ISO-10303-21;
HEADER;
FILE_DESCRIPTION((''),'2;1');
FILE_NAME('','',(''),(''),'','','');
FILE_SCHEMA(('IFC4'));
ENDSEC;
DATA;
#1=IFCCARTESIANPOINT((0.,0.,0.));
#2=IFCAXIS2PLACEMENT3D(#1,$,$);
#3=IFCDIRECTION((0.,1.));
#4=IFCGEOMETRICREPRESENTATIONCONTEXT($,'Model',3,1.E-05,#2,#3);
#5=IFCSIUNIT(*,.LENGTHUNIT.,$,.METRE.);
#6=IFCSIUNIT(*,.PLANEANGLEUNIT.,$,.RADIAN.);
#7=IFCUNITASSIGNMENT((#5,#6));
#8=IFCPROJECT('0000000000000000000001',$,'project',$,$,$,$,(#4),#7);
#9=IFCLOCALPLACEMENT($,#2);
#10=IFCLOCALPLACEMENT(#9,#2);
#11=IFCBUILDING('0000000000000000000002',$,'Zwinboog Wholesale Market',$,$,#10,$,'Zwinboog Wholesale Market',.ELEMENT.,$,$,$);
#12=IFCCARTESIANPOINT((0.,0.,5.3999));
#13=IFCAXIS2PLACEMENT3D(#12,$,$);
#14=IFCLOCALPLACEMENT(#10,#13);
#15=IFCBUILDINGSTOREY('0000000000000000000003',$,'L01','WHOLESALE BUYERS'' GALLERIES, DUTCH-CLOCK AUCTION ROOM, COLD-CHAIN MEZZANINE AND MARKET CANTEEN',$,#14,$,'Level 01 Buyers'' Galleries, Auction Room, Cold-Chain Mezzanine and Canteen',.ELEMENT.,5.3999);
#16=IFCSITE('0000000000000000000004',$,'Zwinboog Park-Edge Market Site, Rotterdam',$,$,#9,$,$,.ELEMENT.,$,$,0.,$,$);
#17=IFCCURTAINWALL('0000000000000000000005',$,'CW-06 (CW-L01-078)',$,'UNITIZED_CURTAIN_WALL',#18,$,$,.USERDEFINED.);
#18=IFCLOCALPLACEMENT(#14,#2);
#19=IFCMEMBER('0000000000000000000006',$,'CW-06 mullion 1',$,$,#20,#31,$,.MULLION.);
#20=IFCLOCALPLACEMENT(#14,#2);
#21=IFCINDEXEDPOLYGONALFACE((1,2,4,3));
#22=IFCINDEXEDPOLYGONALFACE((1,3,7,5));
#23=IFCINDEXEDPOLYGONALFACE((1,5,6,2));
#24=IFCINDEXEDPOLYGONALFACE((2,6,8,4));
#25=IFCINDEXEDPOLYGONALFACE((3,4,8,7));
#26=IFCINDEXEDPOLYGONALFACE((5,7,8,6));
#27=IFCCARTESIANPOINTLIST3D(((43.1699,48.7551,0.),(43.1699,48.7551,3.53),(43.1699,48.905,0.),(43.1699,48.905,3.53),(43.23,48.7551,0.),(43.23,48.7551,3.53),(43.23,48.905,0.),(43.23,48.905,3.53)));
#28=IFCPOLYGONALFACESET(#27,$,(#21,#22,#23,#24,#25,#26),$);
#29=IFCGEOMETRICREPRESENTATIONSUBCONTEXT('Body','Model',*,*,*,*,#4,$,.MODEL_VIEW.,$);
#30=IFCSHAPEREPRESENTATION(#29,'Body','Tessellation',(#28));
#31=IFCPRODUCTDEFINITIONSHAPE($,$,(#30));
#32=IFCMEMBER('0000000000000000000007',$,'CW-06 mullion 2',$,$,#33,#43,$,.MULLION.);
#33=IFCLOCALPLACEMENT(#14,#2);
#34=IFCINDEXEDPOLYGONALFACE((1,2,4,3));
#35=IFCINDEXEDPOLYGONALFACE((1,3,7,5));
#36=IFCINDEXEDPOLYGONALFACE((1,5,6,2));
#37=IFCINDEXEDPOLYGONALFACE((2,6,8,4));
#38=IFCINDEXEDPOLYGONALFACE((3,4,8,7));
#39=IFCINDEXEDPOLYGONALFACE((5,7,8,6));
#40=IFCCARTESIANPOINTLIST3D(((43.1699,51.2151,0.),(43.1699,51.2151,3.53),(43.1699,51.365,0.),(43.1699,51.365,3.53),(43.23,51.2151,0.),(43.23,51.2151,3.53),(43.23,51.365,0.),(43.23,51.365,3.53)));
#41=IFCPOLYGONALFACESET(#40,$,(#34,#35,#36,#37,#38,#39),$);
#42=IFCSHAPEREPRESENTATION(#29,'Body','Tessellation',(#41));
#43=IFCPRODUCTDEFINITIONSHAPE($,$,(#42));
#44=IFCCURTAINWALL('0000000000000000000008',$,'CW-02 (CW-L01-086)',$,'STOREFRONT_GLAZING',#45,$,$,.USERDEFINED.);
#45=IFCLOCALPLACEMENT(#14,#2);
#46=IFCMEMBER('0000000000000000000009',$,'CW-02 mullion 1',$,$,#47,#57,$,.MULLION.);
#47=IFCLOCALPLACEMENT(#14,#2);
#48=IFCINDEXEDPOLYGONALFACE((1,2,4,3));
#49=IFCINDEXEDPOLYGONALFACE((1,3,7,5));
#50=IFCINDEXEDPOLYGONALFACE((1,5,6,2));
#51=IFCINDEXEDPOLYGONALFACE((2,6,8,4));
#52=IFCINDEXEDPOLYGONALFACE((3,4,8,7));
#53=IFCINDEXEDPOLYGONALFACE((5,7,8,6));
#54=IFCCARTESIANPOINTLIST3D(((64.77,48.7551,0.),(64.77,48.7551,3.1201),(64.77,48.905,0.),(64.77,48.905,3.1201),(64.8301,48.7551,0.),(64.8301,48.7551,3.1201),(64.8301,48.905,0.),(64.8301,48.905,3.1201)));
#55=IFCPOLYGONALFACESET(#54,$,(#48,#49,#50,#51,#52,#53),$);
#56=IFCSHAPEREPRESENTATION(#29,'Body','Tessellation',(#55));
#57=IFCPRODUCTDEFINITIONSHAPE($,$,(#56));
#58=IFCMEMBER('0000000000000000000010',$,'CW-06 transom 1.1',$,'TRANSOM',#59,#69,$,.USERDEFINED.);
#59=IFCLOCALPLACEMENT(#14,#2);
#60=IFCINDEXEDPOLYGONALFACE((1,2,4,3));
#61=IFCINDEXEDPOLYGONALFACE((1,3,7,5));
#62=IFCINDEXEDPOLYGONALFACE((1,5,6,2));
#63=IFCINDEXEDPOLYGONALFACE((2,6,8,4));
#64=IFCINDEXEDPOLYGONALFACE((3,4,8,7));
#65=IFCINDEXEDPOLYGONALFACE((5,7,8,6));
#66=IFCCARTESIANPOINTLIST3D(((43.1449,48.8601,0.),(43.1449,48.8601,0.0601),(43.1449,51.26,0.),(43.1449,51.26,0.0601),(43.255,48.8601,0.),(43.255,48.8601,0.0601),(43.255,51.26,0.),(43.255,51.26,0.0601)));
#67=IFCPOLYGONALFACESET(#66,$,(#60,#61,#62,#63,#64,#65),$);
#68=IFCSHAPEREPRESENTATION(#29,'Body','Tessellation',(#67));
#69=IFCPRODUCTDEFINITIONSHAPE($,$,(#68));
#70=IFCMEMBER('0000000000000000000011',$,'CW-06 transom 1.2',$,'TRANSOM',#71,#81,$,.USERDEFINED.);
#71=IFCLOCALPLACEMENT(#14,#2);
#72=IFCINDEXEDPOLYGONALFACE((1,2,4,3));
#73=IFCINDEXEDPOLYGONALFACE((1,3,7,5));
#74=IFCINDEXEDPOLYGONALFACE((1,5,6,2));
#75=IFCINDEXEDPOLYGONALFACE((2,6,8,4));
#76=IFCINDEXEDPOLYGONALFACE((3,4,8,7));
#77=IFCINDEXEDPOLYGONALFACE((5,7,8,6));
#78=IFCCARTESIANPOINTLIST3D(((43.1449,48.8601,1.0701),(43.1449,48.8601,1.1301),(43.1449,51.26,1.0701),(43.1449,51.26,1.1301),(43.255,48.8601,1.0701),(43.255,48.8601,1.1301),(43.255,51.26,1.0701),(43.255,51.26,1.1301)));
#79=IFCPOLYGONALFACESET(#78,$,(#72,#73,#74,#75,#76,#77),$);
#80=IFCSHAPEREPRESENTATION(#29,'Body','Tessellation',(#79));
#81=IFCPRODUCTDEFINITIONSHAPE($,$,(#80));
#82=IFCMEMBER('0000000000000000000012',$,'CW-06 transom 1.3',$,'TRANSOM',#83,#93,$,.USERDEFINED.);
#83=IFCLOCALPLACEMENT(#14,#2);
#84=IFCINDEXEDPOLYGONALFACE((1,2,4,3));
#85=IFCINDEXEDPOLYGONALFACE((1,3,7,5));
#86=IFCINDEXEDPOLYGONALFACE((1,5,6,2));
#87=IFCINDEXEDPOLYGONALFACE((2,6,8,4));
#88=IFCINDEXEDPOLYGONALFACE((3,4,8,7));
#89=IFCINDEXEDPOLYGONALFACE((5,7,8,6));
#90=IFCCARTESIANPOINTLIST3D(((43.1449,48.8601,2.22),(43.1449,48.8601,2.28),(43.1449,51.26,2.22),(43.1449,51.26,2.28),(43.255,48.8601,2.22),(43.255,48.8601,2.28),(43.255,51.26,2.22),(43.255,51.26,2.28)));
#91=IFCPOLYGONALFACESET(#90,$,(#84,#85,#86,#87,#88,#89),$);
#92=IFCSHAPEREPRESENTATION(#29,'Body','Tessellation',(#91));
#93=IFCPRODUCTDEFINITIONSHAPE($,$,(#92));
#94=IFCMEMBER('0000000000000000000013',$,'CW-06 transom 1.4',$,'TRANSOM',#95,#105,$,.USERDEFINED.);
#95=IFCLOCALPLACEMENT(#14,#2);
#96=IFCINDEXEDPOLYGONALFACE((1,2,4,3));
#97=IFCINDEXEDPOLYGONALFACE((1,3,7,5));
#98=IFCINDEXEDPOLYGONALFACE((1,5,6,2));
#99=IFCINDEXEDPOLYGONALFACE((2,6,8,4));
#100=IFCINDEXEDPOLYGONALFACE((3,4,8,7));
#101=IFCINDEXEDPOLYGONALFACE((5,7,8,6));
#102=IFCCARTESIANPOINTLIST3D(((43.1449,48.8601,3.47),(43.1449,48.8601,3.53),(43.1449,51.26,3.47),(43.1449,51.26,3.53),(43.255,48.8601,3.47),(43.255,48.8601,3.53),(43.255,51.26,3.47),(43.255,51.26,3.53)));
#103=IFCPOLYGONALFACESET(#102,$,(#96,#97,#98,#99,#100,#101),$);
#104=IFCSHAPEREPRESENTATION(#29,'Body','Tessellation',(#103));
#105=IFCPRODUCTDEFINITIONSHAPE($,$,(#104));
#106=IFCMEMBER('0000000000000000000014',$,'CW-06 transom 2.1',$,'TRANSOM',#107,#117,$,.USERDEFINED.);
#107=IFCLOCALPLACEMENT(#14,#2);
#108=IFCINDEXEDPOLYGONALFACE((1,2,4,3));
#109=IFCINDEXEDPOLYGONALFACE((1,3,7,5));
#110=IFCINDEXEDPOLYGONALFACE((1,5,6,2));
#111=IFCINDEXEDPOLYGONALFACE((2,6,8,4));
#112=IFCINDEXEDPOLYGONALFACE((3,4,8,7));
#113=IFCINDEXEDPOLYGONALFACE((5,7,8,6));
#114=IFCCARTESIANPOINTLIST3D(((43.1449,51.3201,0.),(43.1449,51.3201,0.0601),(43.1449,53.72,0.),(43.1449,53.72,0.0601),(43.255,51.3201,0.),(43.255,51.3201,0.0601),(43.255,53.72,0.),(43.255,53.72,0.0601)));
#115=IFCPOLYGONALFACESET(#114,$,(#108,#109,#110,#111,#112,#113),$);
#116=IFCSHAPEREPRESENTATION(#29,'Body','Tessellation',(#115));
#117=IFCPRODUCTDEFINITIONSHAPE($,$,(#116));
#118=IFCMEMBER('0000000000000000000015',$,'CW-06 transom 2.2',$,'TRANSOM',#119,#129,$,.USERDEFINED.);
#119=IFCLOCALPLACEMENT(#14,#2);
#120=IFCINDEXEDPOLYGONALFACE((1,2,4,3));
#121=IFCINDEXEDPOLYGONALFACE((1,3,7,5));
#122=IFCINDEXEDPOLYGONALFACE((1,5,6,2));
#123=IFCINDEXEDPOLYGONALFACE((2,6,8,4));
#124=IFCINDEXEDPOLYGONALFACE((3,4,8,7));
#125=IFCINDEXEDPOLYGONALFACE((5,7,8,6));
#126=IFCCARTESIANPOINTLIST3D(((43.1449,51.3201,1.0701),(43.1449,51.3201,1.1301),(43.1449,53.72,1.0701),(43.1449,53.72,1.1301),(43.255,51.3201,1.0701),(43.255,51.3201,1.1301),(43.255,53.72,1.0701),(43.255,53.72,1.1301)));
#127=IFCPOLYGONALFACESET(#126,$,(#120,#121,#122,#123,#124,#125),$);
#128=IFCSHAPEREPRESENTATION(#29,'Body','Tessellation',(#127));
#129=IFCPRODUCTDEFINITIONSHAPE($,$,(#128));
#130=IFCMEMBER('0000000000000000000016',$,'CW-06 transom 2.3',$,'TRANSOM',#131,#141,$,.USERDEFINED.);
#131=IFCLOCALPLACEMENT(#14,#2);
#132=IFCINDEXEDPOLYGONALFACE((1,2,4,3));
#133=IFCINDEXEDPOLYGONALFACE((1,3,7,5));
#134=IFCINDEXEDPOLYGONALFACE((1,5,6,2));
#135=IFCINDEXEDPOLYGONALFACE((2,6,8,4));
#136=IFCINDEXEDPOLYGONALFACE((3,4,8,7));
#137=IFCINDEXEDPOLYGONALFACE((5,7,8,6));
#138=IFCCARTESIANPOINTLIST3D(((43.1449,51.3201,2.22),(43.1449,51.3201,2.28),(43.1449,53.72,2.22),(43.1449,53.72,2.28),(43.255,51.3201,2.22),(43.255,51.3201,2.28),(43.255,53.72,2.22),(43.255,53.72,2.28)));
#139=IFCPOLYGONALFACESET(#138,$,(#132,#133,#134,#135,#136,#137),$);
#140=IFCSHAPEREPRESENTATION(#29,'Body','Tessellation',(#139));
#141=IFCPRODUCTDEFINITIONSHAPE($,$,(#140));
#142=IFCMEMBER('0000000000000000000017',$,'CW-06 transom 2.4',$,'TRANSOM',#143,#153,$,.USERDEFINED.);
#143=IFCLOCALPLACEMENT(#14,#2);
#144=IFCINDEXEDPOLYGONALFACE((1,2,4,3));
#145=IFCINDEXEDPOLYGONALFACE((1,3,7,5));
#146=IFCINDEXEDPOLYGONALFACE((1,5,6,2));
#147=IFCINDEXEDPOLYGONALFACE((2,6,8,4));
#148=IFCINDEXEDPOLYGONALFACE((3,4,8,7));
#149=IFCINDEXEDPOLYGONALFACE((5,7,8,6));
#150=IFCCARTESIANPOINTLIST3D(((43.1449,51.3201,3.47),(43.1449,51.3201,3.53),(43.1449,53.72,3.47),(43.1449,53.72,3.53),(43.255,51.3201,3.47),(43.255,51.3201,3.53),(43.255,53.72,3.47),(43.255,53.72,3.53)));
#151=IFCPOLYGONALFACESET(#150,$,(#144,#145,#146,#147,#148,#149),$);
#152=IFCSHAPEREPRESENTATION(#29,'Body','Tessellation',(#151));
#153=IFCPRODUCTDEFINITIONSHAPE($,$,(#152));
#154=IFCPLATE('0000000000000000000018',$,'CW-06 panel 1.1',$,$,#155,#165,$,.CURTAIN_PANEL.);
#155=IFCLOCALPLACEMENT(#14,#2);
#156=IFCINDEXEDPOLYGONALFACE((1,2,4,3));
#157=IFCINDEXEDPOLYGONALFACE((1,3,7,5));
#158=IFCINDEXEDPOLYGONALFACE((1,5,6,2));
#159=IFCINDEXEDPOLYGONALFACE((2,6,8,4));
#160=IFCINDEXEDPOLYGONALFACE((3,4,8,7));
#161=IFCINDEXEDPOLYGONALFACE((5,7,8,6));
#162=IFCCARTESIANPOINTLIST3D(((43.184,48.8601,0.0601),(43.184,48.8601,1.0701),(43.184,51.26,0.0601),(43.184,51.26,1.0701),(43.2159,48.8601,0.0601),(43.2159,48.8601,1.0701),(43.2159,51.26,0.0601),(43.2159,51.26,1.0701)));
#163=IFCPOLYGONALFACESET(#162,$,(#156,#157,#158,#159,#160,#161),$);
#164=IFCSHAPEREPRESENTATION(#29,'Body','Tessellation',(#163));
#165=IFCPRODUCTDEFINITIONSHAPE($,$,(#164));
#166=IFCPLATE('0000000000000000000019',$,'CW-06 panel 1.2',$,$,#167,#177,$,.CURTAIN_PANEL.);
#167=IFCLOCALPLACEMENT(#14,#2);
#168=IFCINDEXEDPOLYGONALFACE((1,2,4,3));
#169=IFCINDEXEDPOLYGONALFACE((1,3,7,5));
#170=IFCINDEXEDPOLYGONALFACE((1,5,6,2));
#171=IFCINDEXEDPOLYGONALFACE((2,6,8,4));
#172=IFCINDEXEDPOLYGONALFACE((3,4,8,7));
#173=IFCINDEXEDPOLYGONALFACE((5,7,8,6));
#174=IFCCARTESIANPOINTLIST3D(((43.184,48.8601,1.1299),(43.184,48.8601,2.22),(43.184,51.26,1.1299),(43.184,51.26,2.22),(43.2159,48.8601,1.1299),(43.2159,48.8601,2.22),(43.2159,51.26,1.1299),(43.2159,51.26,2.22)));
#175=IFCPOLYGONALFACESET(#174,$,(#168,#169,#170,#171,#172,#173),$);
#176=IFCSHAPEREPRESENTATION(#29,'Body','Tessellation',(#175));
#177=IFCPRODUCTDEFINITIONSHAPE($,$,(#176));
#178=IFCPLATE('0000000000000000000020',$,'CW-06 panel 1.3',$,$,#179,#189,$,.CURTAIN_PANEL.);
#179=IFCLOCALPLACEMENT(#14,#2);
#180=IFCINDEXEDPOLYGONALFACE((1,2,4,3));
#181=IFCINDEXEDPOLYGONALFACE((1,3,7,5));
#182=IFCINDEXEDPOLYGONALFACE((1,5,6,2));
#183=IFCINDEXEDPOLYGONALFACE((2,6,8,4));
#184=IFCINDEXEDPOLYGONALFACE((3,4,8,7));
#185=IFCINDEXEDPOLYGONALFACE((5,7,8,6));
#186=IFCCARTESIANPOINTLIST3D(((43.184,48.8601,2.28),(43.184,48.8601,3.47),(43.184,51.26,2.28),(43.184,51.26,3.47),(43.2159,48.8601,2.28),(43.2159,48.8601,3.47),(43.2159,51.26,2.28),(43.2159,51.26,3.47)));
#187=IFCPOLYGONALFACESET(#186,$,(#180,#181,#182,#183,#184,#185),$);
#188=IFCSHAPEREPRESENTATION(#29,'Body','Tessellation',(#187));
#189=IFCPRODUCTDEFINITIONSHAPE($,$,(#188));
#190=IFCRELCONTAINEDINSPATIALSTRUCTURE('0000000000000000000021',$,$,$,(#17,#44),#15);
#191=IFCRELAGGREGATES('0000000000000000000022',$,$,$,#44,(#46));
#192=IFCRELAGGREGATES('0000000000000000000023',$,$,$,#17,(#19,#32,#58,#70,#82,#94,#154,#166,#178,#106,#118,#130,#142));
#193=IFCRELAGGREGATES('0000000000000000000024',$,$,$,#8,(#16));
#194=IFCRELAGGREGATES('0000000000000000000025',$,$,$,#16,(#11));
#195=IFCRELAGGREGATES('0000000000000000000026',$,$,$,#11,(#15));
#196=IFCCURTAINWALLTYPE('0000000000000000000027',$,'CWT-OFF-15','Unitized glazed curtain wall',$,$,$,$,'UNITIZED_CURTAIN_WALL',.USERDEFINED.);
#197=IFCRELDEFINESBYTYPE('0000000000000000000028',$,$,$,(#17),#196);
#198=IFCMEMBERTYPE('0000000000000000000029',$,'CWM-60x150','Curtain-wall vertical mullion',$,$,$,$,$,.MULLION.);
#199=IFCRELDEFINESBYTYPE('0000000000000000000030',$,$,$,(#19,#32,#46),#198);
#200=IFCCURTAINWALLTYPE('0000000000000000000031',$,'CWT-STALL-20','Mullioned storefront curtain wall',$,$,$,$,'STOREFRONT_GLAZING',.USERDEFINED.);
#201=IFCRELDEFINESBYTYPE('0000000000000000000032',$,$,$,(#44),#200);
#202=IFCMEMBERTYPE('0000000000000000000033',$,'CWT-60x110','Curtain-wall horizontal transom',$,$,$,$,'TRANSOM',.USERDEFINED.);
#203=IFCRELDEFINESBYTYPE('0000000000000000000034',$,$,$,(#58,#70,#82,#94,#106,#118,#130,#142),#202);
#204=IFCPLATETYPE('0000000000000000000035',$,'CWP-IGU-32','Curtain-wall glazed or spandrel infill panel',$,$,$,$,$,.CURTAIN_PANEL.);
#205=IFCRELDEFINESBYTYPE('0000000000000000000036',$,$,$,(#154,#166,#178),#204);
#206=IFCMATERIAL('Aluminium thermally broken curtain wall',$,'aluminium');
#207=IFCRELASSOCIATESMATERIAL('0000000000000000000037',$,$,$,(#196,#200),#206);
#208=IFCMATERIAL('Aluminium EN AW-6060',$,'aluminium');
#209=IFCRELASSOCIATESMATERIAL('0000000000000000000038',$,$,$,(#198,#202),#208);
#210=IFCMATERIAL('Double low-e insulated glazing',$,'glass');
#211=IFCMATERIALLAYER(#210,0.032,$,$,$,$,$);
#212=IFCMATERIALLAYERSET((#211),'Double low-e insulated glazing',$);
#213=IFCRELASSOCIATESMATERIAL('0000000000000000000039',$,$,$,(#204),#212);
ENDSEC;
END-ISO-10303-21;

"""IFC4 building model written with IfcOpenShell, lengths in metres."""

from ifc_helpers import new_model, si_unit, direction, frame, origin, origin_2d, place, context, subcontext, project, spatial, rectangle, extrude, material, layer, layer_set, material_profile, profile_set, type_object, element, aggregate, save


model = new_model("IFC4")

# Units and contexts
model_context = context("Model", 3, precision=1e-05, world=origin(), true_north=direction((0.0, 1.0)))
body_context = subcontext(model_context, "Body", "Model", "MODEL_VIEW")
ifc_project = project(units=[si_unit("LENGTHUNIT", "METRE"), si_unit("PLANEANGLEUNIT", "RADIAN")], contexts=[model_context])

# Site, building, storey
site_placement = place(None, origin())
site = spatial("IfcSite", under=ifc_project, at=site_placement, Name="Zwinboog Park-Edge Market Site, Rotterdam", CompositionType="ELEMENT", RefElevation=0.0)
building_placement = place(site_placement, origin())
building = spatial("IfcBuilding", under=site, at=building_placement, Name="Zwinboog Wholesale Market", LongName="Zwinboog Wholesale Market", CompositionType="ELEMENT")
storey_placement = place(building_placement, frame((0.0, 0.0, 5.3999)))
storey = spatial("IfcBuildingStorey", under=building, at=storey_placement, Name="L01", Description="WHOLESALE BUYERS' GALLERIES, DUTCH-CLOCK AUCTION ROOM, COLD-CHAIN MEZZANINE AND MARKET CANTEEN", LongName="Level 01 Buyers' Galleries, Auction Room, Cold-Chain Mezzanine and Canteen", CompositionType="ELEMENT", Elevation=5.3999)

# Curtain wall, members
ifc_material_1 = material(Name="Aluminium thermally broken curtain wall", Category="aluminium")
curtain_wall_type_1 = type_object("IfcCurtainWallType", Name="CWT-OFF-15", Description="Unitized glazed curtain wall", ElementType="UNITIZED_CURTAIN_WALL", PredefinedType="USERDEFINED", material=ifc_material_1)
curtain_wall_1_placement = place(storey_placement, origin())
curtain_wall_1 = element("IfcCurtainWall", 1, at=curtain_wall_1_placement, inside=storey, type_object=curtain_wall_type_1, Name="CW-06 (CW-L01-078)", ObjectType="UNITIZED_CURTAIN_WALL", PredefinedType="USERDEFINED")
ifc_material_2 = material(Name="Aluminium EN AW-6060", Category="aluminium")
ifc_material_profile_1 = material_profile(ifc_material_2, rectangle(XDim=0.0601, YDim=0.1499, at=origin_2d()), Name="AL 60x150")
ifc_profile_set_1 = profile_set([ifc_material_profile_1], Name="Aluminium EN AW-6060")
member_type_1 = type_object("IfcMemberType", Name="CWM-60x150", Description="Curtain-wall vertical mullion", PredefinedType="MULLION", material=ifc_profile_set_1)
member_1_placement = place(storey_placement, frame((43.2, 48.8301, 0.0), z_axis=(0.0, 0.0, 1.0), x_axis=(-1.0, 0.0, 0.0)))
member_1 = element("IfcMember", 2, at=member_1_placement, type_object=member_type_1, Name="CW-06 mullion 1", PredefinedType="MULLION", context=body_context, shape_type="SweptSolid", body=[
    extrude(rectangle(XDim=0.0601, YDim=0.1499, at=origin_2d()), origin(), (0.0, 0.0, 1.0), 3.53),
])
member_2_placement = place(storey_placement, frame((43.2, 51.29, 0.0), z_axis=(0.0, 0.0, 1.0), x_axis=(-1.0, 0.0, 0.0)))
member_2 = element("IfcMember", 3, at=member_2_placement, type_object=member_type_1, Name="CW-06 mullion 2", PredefinedType="MULLION", context=body_context, shape_type="SweptSolid", body=[
    extrude(rectangle(XDim=0.0601, YDim=0.1499, at=origin_2d()), origin(), (0.0, 0.0, 1.0), 3.53),
])

# Curtain wall, member
curtain_wall_type_2 = type_object("IfcCurtainWallType", Name="CWT-STALL-20", Description="Mullioned storefront curtain wall", ElementType="STOREFRONT_GLAZING", PredefinedType="USERDEFINED", material=ifc_material_1)
curtain_wall_2_placement = place(storey_placement, origin())
curtain_wall_2 = element("IfcCurtainWall", 4, at=curtain_wall_2_placement, inside=storey, type_object=curtain_wall_type_2, Name="CW-02 (CW-L01-086)", ObjectType="STOREFRONT_GLAZING", PredefinedType="USERDEFINED")
member_3_placement = place(storey_placement, frame((64.8, 48.8301, 0.0), z_axis=(0.0, 0.0, 1.0), x_axis=(-1.0, 0.0, 0.0)))
member_3 = element("IfcMember", 5, at=member_3_placement, type_object=member_type_1, Name="CW-02 mullion 1", PredefinedType="MULLION", context=body_context, shape_type="SweptSolid", body=[
    extrude(rectangle(XDim=0.0601, YDim=0.1499, at=origin_2d()), origin(), (0.0, 0.0, 1.0), 3.1201),
])
aggregate(curtain_wall_2, [member_3])

# Members
ifc_material_profile_2 = material_profile(ifc_material_2, rectangle(XDim=0.1101, YDim=0.0601, at=origin_2d()), Name="AL 60x110")
ifc_profile_set_2 = profile_set([ifc_material_profile_2], Name="Aluminium EN AW-6060")
member_type_2 = type_object("IfcMemberType", Name="CWT-60x110", Description="Curtain-wall horizontal transom", ElementType="TRANSOM", PredefinedType="USERDEFINED", material=ifc_profile_set_2)
member_4_placement = place(storey_placement, frame((43.2, 48.8601, 0.03), z_axis=(0.0, 1.0, 0.0), x_axis=(-1.0, 0.0, 0.0)))
member_4 = element("IfcMember", 6, at=member_4_placement, type_object=member_type_2, Name="CW-06 transom 1.1", ObjectType="TRANSOM", PredefinedType="USERDEFINED", context=body_context, shape_type="SweptSolid", body=[
    extrude(rectangle(XDim=0.1101, YDim=0.0601, at=origin_2d()), origin(), (0.0, 0.0, 1.0), 2.3999),
])
member_5_placement = place(storey_placement, frame((43.2, 48.8601, 1.1001), z_axis=(0.0, 1.0, 0.0), x_axis=(-1.0, 0.0, 0.0)))
member_5 = element("IfcMember", 7, at=member_5_placement, type_object=member_type_2, Name="CW-06 transom 1.2", ObjectType="TRANSOM", PredefinedType="USERDEFINED", context=body_context, shape_type="SweptSolid", body=[
    extrude(rectangle(XDim=0.1101, YDim=0.0601, at=origin_2d()), origin(), (0.0, 0.0, 1.0), 2.3999),
])
member_6_placement = place(storey_placement, frame((43.2, 48.8601, 2.25), z_axis=(0.0, 1.0, 0.0), x_axis=(-1.0, 0.0, 0.0)))
member_6 = element("IfcMember", 8, at=member_6_placement, type_object=member_type_2, Name="CW-06 transom 1.3", ObjectType="TRANSOM", PredefinedType="USERDEFINED", context=body_context, shape_type="SweptSolid", body=[
    extrude(rectangle(XDim=0.1101, YDim=0.0601, at=origin_2d()), origin(), (0.0, 0.0, 1.0), 2.3999),
])
member_7_placement = place(storey_placement, frame((43.2, 48.8601, 3.5), z_axis=(0.0, 1.0, 0.0), x_axis=(-1.0, 0.0, 0.0)))
member_7 = element("IfcMember", 9, at=member_7_placement, type_object=member_type_2, Name="CW-06 transom 1.4", ObjectType="TRANSOM", PredefinedType="USERDEFINED", context=body_context, shape_type="SweptSolid", body=[
    extrude(rectangle(XDim=0.1101, YDim=0.0601, at=origin_2d()), origin(), (0.0, 0.0, 1.0), 2.3999),
])
member_8_placement = place(storey_placement, frame((43.2, 51.3201, 0.03), z_axis=(0.0, 1.0, 0.0), x_axis=(-1.0, 0.0, 0.0)))
member_8 = element("IfcMember", 10, at=member_8_placement, type_object=member_type_2, Name="CW-06 transom 2.1", ObjectType="TRANSOM", PredefinedType="USERDEFINED", context=body_context, shape_type="SweptSolid", body=[
    extrude(rectangle(XDim=0.1101, YDim=0.0601, at=origin_2d()), origin(), (0.0, 0.0, 1.0), 2.3999),
])
member_9_placement = place(storey_placement, frame((43.2, 51.3201, 1.1001), z_axis=(0.0, 1.0, 0.0), x_axis=(-1.0, 0.0, 0.0)))
member_9 = element("IfcMember", 11, at=member_9_placement, type_object=member_type_2, Name="CW-06 transom 2.2", ObjectType="TRANSOM", PredefinedType="USERDEFINED", context=body_context, shape_type="SweptSolid", body=[
    extrude(rectangle(XDim=0.1101, YDim=0.0601, at=origin_2d()), origin(), (0.0, 0.0, 1.0), 2.3999),
])
member_10_placement = place(storey_placement, frame((43.2, 51.3201, 2.25), z_axis=(0.0, 1.0, 0.0), x_axis=(-1.0, 0.0, 0.0)))
member_10 = element("IfcMember", 12, at=member_10_placement, type_object=member_type_2, Name="CW-06 transom 2.3", ObjectType="TRANSOM", PredefinedType="USERDEFINED", context=body_context, shape_type="SweptSolid", body=[
    extrude(rectangle(XDim=0.1101, YDim=0.0601, at=origin_2d()), origin(), (0.0, 0.0, 1.0), 2.3999),
])
member_11_placement = place(storey_placement, frame((43.2, 51.3201, 3.5), z_axis=(0.0, 1.0, 0.0), x_axis=(-1.0, 0.0, 0.0)))
member_11 = element("IfcMember", 13, at=member_11_placement, type_object=member_type_2, Name="CW-06 transom 2.4", ObjectType="TRANSOM", PredefinedType="USERDEFINED", context=body_context, shape_type="SweptSolid", body=[
    extrude(rectangle(XDim=0.1101, YDim=0.0601, at=origin_2d()), origin(), (0.0, 0.0, 1.0), 2.3999),
])

# Plates
ifc_material_3 = material(Name="Double low-e insulated glazing", Category="glass")
ifc_layer_1 = layer(ifc_material_3, 0.032)
ifc_layer_set_1 = layer_set([ifc_layer_1], Name="Double low-e insulated glazing")
plate_type = type_object("IfcPlateType", Name="CWP-IGU-32", Description="Curtain-wall glazed or spandrel infill panel", PredefinedType="CURTAIN_PANEL", material=ifc_layer_set_1)
plate_1_placement = place(storey_placement, frame((43.2, 50.0601, 0.0601), z_axis=(0.0, 0.0, 1.0), x_axis=(0.0, 1.0, 0.0)))
plate_1 = element("IfcPlate", 14, at=plate_1_placement, type_object=plate_type, Name="CW-06 panel 1.1", PredefinedType="CURTAIN_PANEL", context=body_context, shape_type="SweptSolid", body=[
    extrude(rectangle(XDim=2.3999, YDim=0.032, at=origin_2d()), origin(), (0.0, 0.0, 1.0), 1.01),
])
plate_2_placement = place(storey_placement, frame((43.2, 50.0601, 1.1299), z_axis=(0.0, 0.0, 1.0), x_axis=(0.0, 1.0, 0.0)))
plate_2 = element("IfcPlate", 15, at=plate_2_placement, type_object=plate_type, Name="CW-06 panel 1.2", PredefinedType="CURTAIN_PANEL", context=body_context, shape_type="SweptSolid", body=[
    extrude(rectangle(XDim=2.3999, YDim=0.032, at=origin_2d()), origin(), (0.0, 0.0, 1.0), 1.0901),
])
plate_3_placement = place(storey_placement, frame((43.2, 50.0601, 2.28), z_axis=(0.0, 0.0, 1.0), x_axis=(0.0, 1.0, 0.0)))
plate_3 = element("IfcPlate", 16, at=plate_3_placement, type_object=plate_type, Name="CW-06 panel 1.3", PredefinedType="CURTAIN_PANEL", context=body_context, shape_type="SweptSolid", body=[
    extrude(rectangle(XDim=2.3999, YDim=0.032, at=origin_2d()), origin(), (0.0, 0.0, 1.0), 1.1899),
])
aggregate(curtain_wall_1, [member_1, member_2, member_4, member_5, member_6, member_7, plate_1, plate_2, plate_3, member_8, member_9, member_10, member_11])

save(model, "model.ifc")
